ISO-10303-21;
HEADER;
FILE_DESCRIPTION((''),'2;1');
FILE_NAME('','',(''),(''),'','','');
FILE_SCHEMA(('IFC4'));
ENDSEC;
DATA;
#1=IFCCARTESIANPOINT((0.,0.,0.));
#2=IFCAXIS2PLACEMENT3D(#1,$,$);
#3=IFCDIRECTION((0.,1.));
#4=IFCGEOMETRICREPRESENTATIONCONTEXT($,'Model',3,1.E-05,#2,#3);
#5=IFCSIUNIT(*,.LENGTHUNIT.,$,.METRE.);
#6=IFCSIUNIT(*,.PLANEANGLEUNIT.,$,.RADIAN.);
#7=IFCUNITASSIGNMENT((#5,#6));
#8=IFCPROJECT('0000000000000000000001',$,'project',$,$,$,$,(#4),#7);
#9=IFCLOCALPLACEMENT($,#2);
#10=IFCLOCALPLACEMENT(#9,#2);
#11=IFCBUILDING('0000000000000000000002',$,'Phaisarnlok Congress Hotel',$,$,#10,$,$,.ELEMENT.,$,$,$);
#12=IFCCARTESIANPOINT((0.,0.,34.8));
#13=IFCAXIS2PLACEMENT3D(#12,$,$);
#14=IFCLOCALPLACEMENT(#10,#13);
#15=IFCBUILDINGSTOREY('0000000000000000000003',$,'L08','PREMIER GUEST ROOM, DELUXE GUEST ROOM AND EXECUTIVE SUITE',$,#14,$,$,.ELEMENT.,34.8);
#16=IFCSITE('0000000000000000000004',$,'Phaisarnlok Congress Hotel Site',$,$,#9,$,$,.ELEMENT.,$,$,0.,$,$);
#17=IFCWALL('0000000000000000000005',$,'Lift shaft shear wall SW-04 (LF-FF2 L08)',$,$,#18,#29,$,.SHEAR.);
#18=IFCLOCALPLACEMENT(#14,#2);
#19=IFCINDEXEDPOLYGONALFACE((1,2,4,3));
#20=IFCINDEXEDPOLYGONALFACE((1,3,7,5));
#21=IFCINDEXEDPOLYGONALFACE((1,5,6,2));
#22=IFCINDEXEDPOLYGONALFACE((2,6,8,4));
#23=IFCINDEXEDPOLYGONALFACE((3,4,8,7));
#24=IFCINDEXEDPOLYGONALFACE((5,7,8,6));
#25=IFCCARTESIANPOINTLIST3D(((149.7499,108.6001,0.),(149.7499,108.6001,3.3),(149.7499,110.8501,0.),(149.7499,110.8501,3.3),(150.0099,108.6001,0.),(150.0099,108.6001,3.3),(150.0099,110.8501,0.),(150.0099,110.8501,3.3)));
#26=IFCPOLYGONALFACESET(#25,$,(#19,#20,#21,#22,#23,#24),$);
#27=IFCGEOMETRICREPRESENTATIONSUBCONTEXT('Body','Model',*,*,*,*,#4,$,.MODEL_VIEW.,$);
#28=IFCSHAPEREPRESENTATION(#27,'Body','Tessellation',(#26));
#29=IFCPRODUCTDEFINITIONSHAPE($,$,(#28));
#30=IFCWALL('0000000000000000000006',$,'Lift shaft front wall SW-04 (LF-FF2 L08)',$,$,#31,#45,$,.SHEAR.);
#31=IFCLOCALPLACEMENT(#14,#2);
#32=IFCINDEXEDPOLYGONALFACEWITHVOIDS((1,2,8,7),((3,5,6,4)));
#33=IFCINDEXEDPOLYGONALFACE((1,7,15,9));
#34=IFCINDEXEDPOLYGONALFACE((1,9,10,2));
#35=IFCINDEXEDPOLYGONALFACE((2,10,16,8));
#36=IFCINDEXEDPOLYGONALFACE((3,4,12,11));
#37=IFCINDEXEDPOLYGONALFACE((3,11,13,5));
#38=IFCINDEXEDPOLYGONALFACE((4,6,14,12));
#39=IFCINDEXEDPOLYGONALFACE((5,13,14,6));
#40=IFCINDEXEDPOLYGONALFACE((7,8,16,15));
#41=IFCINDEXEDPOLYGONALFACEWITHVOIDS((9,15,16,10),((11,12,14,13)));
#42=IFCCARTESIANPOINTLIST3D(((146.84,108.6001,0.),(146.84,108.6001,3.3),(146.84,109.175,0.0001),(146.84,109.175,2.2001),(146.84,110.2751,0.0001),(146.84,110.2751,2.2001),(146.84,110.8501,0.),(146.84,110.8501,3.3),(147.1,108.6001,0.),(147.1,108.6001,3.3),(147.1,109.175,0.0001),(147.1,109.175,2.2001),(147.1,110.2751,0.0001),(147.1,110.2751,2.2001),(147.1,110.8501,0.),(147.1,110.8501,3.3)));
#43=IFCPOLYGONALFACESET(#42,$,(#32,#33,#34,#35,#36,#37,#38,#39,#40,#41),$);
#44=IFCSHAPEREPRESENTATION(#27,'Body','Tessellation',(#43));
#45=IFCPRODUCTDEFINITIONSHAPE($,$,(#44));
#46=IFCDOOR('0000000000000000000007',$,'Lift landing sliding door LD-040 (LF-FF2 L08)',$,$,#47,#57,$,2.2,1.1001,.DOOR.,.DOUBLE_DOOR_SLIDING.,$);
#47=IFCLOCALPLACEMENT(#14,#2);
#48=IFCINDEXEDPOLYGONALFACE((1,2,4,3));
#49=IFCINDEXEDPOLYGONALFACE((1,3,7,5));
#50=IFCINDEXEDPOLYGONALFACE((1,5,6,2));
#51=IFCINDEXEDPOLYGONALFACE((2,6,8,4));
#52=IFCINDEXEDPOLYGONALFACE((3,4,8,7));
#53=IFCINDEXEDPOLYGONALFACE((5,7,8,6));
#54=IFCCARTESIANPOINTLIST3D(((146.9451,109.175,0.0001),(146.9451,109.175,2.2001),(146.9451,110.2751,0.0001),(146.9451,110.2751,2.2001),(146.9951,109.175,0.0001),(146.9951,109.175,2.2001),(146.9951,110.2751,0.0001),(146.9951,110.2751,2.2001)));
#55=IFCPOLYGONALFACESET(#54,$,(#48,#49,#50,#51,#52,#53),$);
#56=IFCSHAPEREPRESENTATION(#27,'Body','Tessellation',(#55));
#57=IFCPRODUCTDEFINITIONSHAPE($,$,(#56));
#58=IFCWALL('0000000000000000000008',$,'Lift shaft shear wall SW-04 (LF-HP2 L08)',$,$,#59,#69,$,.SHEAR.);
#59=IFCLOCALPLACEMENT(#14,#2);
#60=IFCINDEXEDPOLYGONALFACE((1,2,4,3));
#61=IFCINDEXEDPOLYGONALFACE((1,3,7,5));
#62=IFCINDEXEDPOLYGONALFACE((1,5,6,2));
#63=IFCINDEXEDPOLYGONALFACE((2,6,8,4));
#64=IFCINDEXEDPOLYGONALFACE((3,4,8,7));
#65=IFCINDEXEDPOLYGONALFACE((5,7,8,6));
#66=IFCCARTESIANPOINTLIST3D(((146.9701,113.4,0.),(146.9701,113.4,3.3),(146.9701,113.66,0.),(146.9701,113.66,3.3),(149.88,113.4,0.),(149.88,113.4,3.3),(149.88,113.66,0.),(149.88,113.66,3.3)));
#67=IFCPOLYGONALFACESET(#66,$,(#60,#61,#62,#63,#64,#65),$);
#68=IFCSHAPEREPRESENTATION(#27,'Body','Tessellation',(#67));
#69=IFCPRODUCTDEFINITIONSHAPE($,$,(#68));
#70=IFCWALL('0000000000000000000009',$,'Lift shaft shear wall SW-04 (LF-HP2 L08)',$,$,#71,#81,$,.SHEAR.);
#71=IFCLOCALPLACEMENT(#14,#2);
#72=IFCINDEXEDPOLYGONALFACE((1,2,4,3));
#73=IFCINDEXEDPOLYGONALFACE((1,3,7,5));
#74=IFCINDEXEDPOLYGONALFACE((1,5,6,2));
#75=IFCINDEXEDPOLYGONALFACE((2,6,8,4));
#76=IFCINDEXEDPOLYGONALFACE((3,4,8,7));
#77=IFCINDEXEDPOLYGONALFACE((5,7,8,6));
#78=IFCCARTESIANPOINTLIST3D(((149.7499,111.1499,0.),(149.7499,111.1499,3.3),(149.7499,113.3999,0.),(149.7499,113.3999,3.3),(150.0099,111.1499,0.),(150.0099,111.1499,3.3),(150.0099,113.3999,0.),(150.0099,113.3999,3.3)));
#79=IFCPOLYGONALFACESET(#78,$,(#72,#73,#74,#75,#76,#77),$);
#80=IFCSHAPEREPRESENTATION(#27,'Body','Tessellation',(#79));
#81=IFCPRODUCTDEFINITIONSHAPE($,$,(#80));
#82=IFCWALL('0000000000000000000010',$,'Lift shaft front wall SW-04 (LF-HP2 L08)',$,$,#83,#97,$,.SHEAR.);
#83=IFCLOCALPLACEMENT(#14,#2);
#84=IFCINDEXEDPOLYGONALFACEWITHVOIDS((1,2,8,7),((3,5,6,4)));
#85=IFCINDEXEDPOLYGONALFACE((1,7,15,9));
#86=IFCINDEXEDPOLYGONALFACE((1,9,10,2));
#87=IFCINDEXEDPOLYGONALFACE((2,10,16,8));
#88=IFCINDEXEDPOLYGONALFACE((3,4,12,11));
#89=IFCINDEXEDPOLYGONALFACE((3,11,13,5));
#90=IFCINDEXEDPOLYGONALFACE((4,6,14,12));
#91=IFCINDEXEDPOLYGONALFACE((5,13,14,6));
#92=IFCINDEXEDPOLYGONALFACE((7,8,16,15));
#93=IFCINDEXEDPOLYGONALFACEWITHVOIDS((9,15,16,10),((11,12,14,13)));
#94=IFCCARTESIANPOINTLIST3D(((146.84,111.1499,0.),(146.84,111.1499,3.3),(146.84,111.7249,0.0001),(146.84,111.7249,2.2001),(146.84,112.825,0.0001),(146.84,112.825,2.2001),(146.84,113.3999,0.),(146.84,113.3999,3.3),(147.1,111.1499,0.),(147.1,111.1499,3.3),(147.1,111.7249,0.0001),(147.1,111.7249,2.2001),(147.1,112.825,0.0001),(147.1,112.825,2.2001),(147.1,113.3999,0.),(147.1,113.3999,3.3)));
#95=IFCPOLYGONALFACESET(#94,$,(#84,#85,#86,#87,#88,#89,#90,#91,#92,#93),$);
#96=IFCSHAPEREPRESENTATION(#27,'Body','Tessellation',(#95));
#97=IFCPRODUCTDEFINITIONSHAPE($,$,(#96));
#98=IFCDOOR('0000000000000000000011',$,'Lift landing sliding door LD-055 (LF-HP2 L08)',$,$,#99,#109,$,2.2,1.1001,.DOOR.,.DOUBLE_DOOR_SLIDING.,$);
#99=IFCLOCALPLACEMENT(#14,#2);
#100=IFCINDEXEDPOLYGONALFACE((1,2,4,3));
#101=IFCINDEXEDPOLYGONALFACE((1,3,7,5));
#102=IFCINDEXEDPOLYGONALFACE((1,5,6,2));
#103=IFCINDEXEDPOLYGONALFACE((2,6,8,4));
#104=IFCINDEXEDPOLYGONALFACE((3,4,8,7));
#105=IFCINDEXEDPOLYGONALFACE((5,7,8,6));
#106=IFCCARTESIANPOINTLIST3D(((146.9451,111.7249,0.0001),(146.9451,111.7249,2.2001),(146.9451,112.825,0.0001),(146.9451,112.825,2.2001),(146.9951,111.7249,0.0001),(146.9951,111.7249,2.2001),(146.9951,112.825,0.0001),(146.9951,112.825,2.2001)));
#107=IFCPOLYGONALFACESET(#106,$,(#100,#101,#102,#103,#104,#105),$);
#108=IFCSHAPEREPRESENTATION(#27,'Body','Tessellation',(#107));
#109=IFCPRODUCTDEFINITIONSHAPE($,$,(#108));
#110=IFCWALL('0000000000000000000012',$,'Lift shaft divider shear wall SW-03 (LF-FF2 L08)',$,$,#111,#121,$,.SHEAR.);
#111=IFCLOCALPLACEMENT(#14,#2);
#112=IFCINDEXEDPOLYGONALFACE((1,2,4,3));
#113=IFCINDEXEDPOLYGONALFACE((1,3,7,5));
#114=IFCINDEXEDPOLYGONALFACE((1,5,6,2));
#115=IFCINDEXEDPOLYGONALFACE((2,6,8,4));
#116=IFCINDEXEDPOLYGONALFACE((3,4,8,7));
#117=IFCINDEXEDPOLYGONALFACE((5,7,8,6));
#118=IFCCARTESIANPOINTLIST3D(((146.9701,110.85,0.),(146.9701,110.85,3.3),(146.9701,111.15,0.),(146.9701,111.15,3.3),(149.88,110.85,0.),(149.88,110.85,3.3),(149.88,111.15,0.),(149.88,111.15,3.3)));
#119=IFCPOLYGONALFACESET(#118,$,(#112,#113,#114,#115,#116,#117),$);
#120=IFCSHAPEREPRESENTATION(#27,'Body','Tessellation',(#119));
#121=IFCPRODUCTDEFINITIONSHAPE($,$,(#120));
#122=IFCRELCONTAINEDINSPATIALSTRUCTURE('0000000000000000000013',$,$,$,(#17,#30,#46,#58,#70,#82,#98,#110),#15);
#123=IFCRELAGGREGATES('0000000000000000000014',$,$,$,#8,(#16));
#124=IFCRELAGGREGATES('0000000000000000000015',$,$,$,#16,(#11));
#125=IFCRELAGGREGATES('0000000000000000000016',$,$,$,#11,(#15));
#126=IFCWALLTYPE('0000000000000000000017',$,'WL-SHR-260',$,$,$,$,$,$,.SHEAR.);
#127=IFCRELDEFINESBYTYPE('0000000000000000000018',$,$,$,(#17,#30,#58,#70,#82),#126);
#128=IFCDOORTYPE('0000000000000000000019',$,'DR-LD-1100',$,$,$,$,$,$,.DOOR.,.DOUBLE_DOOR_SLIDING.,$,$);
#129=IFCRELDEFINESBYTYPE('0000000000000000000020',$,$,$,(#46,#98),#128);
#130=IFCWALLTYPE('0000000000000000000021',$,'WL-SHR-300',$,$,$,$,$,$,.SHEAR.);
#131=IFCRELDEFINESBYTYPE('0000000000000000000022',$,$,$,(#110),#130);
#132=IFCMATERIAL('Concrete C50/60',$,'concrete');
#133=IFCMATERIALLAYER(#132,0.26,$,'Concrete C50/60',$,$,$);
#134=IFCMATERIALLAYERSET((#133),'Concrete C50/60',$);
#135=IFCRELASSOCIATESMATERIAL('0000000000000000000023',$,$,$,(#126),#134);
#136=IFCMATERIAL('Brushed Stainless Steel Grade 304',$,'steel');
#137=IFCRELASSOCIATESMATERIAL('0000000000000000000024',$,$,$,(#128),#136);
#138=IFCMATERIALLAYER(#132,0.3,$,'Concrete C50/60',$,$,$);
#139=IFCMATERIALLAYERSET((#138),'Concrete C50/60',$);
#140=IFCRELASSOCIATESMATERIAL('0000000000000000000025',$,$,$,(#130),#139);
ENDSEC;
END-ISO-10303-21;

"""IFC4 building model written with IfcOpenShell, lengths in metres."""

from ifc_helpers import new_model, si_unit, direction, frame, frame_2d, origin, place, context, subcontext, project, spatial, rectangle, extrude, material, layer, layer_set, type_object, element, fill, save


model = new_model("IFC4")

# Units and contexts
model_context = context("Model", 3, precision=1e-05, world=origin(), true_north=direction((0.0, 1.0)))
body_context = subcontext(model_context, "Body", "Model", "MODEL_VIEW")
ifc_project = project(units=[si_unit("LENGTHUNIT", "METRE"), si_unit("PLANEANGLEUNIT", "RADIAN")], contexts=[model_context])

# Site, building, storey
site_placement = place(None, origin())
site = spatial("IfcSite", under=ifc_project, at=site_placement, Name="Phaisarnlok Congress Hotel Site", CompositionType="ELEMENT", RefElevation=0.0)
building_placement = place(site_placement, origin())
building = spatial("IfcBuilding", under=site, at=building_placement, Name="Phaisarnlok Congress Hotel", CompositionType="ELEMENT")
storey_placement = place(building_placement, frame((0.0, 0.0, 34.8)))
storey = spatial("IfcBuildingStorey", under=building, at=storey_placement, Name="L08", Description="PREMIER GUEST ROOM, DELUXE GUEST ROOM AND EXECUTIVE SUITE", CompositionType="ELEMENT", Elevation=34.8)

# Shared definitions
ifc_material_1 = material(Name="Concrete C50/60", Category="concrete")

# Wall
ifc_layer_1 = layer(ifc_material_1, 0.26, Name="Concrete C50/60")
ifc_layer_set_1 = layer_set([ifc_layer_1], Name="Concrete C50/60")
wall_type_1 = type_object("IfcWallType", Name="WL-SHR-260", PredefinedType="SHEAR", material=ifc_layer_set_1)
wall_1_placement = place(storey_placement, frame((149.8799, 108.6001, 0.0), z_axis=(0.0, 0.0, 1.0), x_axis=(0.0, 1.0, 0.0)))
element("IfcWall", 1, at=wall_1_placement, inside=storey, type_object=wall_type_1, Name="Lift shaft shear wall SW-04 (LF-FF2 L08)", PredefinedType="SHEAR", context=body_context, shape_type="SweptSolid", body=[
    extrude(rectangle(XDim=2.25, YDim=0.26, at=frame_2d((1.125, 0.0))), origin(), (0.0, 0.0, 1.0), 3.3),
])

# Wall, opening, door
wall_2_placement = place(storey_placement, frame((146.97, 108.6001, 0.0), z_axis=(0.0, 0.0, 1.0), x_axis=(0.0, 1.0, 0.0)))
wall_2 = element("IfcWall", 2, at=wall_2_placement, inside=storey, type_object=wall_type_1, Name="Lift shaft front wall SW-04 (LF-FF2 L08)", PredefinedType="SHEAR", context=body_context, shape_type="SweptSolid", body=[
    extrude(rectangle(XDim=2.25, YDim=0.26, at=frame_2d((1.125, 0.0))), origin(), (0.0, 0.0, 1.0), 3.3),
])
opening_1_placement = place(wall_2_placement, frame((0.575, 0.0, 0.0)))
opening_1 = element("IfcOpeningElement", 3, at=opening_1_placement, cuts=wall_2, PredefinedType="OPENING", context=body_context, shape_type="SweptSolid", body=[
    extrude(rectangle(XDim=1.1001, YDim=2.2, at=frame_2d((0.55, 1.1001))), frame((0.0, 0.1401, 0.0), z_axis=(0.0, -1.0, 0.0), x_axis=(1.0, 0.0, 0.0)), (0.0, 0.0, 1.0), 0.28),
])
ifc_material_2 = material(Name="Brushed Stainless Steel Grade 304", Category="steel")
door_type_1 = type_object("IfcDoorType", Name="DR-LD-1100", OperationType="DOUBLE_DOOR_SLIDING", PredefinedType="DOOR", material=ifc_material_2)
door_1_placement = place(opening_1_placement, origin())
door_1 = element("IfcDoor", 4, at=door_1_placement, inside=storey, type_object=door_type_1, Name="Lift landing sliding door LD-040 (LF-FF2 L08)", OperationType="DOUBLE_DOOR_SLIDING", OverallHeight=2.2, OverallWidth=1.1001, PredefinedType="DOOR", context=body_context, shape_type="SweptSolid", body=[
    extrude(rectangle(XDim=1.1001, YDim=2.2, at=frame_2d((0.55, 1.1001))), frame((0.0, 0.0249, 0.0), z_axis=(0.0, -1.0, 0.0), x_axis=(1.0, 0.0, 0.0)), (0.0, 0.0, 1.0), 0.05),
])
fill(opening_1, door_1)

# Walls
wall_3_placement = place(storey_placement, frame((146.97, 113.53, 0.0), z_axis=(0.0, 0.0, 1.0), x_axis=(1.0, 0.0, 0.0)))
element("IfcWall", 5, at=wall_3_placement, inside=storey, type_object=wall_type_1, Name="Lift shaft shear wall SW-04 (LF-HP2 L08)", PredefinedType="SHEAR", context=body_context, shape_type="SweptSolid", body=[
    extrude(rectangle(XDim=2.9099, YDim=0.26, at=frame_2d((1.4551, 0.0))), origin(), (0.0, 0.0, 1.0), 3.3),
])
wall_4_placement = place(storey_placement, frame((149.8799, 111.1499, 0.0), z_axis=(0.0, 0.0, 1.0), x_axis=(0.0, 1.0, 0.0)))
element("IfcWall", 6, at=wall_4_placement, inside=storey, type_object=wall_type_1, Name="Lift shaft shear wall SW-04 (LF-HP2 L08)", PredefinedType="SHEAR", context=body_context, shape_type="SweptSolid", body=[
    extrude(rectangle(XDim=2.25, YDim=0.26, at=frame_2d((1.125, 0.0))), origin(), (0.0, 0.0, 1.0), 3.3),
])

# Wall, opening, door
wall_5_placement = place(storey_placement, frame((146.97, 111.1499, 0.0), z_axis=(0.0, 0.0, 1.0), x_axis=(0.0, 1.0, 0.0)))
wall_5 = element("IfcWall", 7, at=wall_5_placement, inside=storey, type_object=wall_type_1, Name="Lift shaft front wall SW-04 (LF-HP2 L08)", PredefinedType="SHEAR", context=body_context, shape_type="SweptSolid", body=[
    extrude(rectangle(XDim=2.25, YDim=0.26, at=frame_2d((1.125, 0.0))), origin(), (0.0, 0.0, 1.0), 3.3),
])
opening_2_placement = place(wall_5_placement, frame((0.575, 0.0, 0.0)))
opening_2 = element("IfcOpeningElement", 8, at=opening_2_placement, cuts=wall_5, PredefinedType="OPENING", context=body_context, shape_type="SweptSolid", body=[
    extrude(rectangle(XDim=1.1001, YDim=2.2, at=frame_2d((0.55, 1.1001))), frame((0.0, 0.1401, 0.0), z_axis=(0.0, -1.0, 0.0), x_axis=(1.0, 0.0, 0.0)), (0.0, 0.0, 1.0), 0.28),
])
door_2_placement = place(opening_2_placement, origin())
door_2 = element("IfcDoor", 9, at=door_2_placement, inside=storey, type_object=door_type_1, Name="Lift landing sliding door LD-055 (LF-HP2 L08)", OperationType="DOUBLE_DOOR_SLIDING", OverallHeight=2.2, OverallWidth=1.1001, PredefinedType="DOOR", context=body_context, shape_type="SweptSolid", body=[
    extrude(rectangle(XDim=1.1001, YDim=2.2, at=frame_2d((0.55, 1.1001))), frame((0.0, 0.0249, 0.0), z_axis=(0.0, -1.0, 0.0), x_axis=(1.0, 0.0, 0.0)), (0.0, 0.0, 1.0), 0.05),
])
fill(opening_2, door_2)

# Wall
ifc_layer_2 = layer(ifc_material_1, 0.3, Name="Concrete C50/60")
ifc_layer_set_2 = layer_set([ifc_layer_2], Name="Concrete C50/60")
wall_type_2 = type_object("IfcWallType", Name="WL-SHR-300", PredefinedType="SHEAR", material=ifc_layer_set_2)
wall_6_placement = place(storey_placement, frame((146.97, 111.0, 0.0), z_axis=(0.0, 0.0, 1.0), x_axis=(1.0, 0.0, 0.0)))
element("IfcWall", 10, at=wall_6_placement, inside=storey, type_object=wall_type_2, Name="Lift shaft divider shear wall SW-03 (LF-FF2 L08)", PredefinedType="SHEAR", context=body_context, shape_type="SweptSolid", body=[
    extrude(rectangle(XDim=2.9099, YDim=0.3, at=frame_2d((1.4551, 0.0))), origin(), (0.0, 0.0, 1.0), 3.3),
])

save(model, "model.ifc")
